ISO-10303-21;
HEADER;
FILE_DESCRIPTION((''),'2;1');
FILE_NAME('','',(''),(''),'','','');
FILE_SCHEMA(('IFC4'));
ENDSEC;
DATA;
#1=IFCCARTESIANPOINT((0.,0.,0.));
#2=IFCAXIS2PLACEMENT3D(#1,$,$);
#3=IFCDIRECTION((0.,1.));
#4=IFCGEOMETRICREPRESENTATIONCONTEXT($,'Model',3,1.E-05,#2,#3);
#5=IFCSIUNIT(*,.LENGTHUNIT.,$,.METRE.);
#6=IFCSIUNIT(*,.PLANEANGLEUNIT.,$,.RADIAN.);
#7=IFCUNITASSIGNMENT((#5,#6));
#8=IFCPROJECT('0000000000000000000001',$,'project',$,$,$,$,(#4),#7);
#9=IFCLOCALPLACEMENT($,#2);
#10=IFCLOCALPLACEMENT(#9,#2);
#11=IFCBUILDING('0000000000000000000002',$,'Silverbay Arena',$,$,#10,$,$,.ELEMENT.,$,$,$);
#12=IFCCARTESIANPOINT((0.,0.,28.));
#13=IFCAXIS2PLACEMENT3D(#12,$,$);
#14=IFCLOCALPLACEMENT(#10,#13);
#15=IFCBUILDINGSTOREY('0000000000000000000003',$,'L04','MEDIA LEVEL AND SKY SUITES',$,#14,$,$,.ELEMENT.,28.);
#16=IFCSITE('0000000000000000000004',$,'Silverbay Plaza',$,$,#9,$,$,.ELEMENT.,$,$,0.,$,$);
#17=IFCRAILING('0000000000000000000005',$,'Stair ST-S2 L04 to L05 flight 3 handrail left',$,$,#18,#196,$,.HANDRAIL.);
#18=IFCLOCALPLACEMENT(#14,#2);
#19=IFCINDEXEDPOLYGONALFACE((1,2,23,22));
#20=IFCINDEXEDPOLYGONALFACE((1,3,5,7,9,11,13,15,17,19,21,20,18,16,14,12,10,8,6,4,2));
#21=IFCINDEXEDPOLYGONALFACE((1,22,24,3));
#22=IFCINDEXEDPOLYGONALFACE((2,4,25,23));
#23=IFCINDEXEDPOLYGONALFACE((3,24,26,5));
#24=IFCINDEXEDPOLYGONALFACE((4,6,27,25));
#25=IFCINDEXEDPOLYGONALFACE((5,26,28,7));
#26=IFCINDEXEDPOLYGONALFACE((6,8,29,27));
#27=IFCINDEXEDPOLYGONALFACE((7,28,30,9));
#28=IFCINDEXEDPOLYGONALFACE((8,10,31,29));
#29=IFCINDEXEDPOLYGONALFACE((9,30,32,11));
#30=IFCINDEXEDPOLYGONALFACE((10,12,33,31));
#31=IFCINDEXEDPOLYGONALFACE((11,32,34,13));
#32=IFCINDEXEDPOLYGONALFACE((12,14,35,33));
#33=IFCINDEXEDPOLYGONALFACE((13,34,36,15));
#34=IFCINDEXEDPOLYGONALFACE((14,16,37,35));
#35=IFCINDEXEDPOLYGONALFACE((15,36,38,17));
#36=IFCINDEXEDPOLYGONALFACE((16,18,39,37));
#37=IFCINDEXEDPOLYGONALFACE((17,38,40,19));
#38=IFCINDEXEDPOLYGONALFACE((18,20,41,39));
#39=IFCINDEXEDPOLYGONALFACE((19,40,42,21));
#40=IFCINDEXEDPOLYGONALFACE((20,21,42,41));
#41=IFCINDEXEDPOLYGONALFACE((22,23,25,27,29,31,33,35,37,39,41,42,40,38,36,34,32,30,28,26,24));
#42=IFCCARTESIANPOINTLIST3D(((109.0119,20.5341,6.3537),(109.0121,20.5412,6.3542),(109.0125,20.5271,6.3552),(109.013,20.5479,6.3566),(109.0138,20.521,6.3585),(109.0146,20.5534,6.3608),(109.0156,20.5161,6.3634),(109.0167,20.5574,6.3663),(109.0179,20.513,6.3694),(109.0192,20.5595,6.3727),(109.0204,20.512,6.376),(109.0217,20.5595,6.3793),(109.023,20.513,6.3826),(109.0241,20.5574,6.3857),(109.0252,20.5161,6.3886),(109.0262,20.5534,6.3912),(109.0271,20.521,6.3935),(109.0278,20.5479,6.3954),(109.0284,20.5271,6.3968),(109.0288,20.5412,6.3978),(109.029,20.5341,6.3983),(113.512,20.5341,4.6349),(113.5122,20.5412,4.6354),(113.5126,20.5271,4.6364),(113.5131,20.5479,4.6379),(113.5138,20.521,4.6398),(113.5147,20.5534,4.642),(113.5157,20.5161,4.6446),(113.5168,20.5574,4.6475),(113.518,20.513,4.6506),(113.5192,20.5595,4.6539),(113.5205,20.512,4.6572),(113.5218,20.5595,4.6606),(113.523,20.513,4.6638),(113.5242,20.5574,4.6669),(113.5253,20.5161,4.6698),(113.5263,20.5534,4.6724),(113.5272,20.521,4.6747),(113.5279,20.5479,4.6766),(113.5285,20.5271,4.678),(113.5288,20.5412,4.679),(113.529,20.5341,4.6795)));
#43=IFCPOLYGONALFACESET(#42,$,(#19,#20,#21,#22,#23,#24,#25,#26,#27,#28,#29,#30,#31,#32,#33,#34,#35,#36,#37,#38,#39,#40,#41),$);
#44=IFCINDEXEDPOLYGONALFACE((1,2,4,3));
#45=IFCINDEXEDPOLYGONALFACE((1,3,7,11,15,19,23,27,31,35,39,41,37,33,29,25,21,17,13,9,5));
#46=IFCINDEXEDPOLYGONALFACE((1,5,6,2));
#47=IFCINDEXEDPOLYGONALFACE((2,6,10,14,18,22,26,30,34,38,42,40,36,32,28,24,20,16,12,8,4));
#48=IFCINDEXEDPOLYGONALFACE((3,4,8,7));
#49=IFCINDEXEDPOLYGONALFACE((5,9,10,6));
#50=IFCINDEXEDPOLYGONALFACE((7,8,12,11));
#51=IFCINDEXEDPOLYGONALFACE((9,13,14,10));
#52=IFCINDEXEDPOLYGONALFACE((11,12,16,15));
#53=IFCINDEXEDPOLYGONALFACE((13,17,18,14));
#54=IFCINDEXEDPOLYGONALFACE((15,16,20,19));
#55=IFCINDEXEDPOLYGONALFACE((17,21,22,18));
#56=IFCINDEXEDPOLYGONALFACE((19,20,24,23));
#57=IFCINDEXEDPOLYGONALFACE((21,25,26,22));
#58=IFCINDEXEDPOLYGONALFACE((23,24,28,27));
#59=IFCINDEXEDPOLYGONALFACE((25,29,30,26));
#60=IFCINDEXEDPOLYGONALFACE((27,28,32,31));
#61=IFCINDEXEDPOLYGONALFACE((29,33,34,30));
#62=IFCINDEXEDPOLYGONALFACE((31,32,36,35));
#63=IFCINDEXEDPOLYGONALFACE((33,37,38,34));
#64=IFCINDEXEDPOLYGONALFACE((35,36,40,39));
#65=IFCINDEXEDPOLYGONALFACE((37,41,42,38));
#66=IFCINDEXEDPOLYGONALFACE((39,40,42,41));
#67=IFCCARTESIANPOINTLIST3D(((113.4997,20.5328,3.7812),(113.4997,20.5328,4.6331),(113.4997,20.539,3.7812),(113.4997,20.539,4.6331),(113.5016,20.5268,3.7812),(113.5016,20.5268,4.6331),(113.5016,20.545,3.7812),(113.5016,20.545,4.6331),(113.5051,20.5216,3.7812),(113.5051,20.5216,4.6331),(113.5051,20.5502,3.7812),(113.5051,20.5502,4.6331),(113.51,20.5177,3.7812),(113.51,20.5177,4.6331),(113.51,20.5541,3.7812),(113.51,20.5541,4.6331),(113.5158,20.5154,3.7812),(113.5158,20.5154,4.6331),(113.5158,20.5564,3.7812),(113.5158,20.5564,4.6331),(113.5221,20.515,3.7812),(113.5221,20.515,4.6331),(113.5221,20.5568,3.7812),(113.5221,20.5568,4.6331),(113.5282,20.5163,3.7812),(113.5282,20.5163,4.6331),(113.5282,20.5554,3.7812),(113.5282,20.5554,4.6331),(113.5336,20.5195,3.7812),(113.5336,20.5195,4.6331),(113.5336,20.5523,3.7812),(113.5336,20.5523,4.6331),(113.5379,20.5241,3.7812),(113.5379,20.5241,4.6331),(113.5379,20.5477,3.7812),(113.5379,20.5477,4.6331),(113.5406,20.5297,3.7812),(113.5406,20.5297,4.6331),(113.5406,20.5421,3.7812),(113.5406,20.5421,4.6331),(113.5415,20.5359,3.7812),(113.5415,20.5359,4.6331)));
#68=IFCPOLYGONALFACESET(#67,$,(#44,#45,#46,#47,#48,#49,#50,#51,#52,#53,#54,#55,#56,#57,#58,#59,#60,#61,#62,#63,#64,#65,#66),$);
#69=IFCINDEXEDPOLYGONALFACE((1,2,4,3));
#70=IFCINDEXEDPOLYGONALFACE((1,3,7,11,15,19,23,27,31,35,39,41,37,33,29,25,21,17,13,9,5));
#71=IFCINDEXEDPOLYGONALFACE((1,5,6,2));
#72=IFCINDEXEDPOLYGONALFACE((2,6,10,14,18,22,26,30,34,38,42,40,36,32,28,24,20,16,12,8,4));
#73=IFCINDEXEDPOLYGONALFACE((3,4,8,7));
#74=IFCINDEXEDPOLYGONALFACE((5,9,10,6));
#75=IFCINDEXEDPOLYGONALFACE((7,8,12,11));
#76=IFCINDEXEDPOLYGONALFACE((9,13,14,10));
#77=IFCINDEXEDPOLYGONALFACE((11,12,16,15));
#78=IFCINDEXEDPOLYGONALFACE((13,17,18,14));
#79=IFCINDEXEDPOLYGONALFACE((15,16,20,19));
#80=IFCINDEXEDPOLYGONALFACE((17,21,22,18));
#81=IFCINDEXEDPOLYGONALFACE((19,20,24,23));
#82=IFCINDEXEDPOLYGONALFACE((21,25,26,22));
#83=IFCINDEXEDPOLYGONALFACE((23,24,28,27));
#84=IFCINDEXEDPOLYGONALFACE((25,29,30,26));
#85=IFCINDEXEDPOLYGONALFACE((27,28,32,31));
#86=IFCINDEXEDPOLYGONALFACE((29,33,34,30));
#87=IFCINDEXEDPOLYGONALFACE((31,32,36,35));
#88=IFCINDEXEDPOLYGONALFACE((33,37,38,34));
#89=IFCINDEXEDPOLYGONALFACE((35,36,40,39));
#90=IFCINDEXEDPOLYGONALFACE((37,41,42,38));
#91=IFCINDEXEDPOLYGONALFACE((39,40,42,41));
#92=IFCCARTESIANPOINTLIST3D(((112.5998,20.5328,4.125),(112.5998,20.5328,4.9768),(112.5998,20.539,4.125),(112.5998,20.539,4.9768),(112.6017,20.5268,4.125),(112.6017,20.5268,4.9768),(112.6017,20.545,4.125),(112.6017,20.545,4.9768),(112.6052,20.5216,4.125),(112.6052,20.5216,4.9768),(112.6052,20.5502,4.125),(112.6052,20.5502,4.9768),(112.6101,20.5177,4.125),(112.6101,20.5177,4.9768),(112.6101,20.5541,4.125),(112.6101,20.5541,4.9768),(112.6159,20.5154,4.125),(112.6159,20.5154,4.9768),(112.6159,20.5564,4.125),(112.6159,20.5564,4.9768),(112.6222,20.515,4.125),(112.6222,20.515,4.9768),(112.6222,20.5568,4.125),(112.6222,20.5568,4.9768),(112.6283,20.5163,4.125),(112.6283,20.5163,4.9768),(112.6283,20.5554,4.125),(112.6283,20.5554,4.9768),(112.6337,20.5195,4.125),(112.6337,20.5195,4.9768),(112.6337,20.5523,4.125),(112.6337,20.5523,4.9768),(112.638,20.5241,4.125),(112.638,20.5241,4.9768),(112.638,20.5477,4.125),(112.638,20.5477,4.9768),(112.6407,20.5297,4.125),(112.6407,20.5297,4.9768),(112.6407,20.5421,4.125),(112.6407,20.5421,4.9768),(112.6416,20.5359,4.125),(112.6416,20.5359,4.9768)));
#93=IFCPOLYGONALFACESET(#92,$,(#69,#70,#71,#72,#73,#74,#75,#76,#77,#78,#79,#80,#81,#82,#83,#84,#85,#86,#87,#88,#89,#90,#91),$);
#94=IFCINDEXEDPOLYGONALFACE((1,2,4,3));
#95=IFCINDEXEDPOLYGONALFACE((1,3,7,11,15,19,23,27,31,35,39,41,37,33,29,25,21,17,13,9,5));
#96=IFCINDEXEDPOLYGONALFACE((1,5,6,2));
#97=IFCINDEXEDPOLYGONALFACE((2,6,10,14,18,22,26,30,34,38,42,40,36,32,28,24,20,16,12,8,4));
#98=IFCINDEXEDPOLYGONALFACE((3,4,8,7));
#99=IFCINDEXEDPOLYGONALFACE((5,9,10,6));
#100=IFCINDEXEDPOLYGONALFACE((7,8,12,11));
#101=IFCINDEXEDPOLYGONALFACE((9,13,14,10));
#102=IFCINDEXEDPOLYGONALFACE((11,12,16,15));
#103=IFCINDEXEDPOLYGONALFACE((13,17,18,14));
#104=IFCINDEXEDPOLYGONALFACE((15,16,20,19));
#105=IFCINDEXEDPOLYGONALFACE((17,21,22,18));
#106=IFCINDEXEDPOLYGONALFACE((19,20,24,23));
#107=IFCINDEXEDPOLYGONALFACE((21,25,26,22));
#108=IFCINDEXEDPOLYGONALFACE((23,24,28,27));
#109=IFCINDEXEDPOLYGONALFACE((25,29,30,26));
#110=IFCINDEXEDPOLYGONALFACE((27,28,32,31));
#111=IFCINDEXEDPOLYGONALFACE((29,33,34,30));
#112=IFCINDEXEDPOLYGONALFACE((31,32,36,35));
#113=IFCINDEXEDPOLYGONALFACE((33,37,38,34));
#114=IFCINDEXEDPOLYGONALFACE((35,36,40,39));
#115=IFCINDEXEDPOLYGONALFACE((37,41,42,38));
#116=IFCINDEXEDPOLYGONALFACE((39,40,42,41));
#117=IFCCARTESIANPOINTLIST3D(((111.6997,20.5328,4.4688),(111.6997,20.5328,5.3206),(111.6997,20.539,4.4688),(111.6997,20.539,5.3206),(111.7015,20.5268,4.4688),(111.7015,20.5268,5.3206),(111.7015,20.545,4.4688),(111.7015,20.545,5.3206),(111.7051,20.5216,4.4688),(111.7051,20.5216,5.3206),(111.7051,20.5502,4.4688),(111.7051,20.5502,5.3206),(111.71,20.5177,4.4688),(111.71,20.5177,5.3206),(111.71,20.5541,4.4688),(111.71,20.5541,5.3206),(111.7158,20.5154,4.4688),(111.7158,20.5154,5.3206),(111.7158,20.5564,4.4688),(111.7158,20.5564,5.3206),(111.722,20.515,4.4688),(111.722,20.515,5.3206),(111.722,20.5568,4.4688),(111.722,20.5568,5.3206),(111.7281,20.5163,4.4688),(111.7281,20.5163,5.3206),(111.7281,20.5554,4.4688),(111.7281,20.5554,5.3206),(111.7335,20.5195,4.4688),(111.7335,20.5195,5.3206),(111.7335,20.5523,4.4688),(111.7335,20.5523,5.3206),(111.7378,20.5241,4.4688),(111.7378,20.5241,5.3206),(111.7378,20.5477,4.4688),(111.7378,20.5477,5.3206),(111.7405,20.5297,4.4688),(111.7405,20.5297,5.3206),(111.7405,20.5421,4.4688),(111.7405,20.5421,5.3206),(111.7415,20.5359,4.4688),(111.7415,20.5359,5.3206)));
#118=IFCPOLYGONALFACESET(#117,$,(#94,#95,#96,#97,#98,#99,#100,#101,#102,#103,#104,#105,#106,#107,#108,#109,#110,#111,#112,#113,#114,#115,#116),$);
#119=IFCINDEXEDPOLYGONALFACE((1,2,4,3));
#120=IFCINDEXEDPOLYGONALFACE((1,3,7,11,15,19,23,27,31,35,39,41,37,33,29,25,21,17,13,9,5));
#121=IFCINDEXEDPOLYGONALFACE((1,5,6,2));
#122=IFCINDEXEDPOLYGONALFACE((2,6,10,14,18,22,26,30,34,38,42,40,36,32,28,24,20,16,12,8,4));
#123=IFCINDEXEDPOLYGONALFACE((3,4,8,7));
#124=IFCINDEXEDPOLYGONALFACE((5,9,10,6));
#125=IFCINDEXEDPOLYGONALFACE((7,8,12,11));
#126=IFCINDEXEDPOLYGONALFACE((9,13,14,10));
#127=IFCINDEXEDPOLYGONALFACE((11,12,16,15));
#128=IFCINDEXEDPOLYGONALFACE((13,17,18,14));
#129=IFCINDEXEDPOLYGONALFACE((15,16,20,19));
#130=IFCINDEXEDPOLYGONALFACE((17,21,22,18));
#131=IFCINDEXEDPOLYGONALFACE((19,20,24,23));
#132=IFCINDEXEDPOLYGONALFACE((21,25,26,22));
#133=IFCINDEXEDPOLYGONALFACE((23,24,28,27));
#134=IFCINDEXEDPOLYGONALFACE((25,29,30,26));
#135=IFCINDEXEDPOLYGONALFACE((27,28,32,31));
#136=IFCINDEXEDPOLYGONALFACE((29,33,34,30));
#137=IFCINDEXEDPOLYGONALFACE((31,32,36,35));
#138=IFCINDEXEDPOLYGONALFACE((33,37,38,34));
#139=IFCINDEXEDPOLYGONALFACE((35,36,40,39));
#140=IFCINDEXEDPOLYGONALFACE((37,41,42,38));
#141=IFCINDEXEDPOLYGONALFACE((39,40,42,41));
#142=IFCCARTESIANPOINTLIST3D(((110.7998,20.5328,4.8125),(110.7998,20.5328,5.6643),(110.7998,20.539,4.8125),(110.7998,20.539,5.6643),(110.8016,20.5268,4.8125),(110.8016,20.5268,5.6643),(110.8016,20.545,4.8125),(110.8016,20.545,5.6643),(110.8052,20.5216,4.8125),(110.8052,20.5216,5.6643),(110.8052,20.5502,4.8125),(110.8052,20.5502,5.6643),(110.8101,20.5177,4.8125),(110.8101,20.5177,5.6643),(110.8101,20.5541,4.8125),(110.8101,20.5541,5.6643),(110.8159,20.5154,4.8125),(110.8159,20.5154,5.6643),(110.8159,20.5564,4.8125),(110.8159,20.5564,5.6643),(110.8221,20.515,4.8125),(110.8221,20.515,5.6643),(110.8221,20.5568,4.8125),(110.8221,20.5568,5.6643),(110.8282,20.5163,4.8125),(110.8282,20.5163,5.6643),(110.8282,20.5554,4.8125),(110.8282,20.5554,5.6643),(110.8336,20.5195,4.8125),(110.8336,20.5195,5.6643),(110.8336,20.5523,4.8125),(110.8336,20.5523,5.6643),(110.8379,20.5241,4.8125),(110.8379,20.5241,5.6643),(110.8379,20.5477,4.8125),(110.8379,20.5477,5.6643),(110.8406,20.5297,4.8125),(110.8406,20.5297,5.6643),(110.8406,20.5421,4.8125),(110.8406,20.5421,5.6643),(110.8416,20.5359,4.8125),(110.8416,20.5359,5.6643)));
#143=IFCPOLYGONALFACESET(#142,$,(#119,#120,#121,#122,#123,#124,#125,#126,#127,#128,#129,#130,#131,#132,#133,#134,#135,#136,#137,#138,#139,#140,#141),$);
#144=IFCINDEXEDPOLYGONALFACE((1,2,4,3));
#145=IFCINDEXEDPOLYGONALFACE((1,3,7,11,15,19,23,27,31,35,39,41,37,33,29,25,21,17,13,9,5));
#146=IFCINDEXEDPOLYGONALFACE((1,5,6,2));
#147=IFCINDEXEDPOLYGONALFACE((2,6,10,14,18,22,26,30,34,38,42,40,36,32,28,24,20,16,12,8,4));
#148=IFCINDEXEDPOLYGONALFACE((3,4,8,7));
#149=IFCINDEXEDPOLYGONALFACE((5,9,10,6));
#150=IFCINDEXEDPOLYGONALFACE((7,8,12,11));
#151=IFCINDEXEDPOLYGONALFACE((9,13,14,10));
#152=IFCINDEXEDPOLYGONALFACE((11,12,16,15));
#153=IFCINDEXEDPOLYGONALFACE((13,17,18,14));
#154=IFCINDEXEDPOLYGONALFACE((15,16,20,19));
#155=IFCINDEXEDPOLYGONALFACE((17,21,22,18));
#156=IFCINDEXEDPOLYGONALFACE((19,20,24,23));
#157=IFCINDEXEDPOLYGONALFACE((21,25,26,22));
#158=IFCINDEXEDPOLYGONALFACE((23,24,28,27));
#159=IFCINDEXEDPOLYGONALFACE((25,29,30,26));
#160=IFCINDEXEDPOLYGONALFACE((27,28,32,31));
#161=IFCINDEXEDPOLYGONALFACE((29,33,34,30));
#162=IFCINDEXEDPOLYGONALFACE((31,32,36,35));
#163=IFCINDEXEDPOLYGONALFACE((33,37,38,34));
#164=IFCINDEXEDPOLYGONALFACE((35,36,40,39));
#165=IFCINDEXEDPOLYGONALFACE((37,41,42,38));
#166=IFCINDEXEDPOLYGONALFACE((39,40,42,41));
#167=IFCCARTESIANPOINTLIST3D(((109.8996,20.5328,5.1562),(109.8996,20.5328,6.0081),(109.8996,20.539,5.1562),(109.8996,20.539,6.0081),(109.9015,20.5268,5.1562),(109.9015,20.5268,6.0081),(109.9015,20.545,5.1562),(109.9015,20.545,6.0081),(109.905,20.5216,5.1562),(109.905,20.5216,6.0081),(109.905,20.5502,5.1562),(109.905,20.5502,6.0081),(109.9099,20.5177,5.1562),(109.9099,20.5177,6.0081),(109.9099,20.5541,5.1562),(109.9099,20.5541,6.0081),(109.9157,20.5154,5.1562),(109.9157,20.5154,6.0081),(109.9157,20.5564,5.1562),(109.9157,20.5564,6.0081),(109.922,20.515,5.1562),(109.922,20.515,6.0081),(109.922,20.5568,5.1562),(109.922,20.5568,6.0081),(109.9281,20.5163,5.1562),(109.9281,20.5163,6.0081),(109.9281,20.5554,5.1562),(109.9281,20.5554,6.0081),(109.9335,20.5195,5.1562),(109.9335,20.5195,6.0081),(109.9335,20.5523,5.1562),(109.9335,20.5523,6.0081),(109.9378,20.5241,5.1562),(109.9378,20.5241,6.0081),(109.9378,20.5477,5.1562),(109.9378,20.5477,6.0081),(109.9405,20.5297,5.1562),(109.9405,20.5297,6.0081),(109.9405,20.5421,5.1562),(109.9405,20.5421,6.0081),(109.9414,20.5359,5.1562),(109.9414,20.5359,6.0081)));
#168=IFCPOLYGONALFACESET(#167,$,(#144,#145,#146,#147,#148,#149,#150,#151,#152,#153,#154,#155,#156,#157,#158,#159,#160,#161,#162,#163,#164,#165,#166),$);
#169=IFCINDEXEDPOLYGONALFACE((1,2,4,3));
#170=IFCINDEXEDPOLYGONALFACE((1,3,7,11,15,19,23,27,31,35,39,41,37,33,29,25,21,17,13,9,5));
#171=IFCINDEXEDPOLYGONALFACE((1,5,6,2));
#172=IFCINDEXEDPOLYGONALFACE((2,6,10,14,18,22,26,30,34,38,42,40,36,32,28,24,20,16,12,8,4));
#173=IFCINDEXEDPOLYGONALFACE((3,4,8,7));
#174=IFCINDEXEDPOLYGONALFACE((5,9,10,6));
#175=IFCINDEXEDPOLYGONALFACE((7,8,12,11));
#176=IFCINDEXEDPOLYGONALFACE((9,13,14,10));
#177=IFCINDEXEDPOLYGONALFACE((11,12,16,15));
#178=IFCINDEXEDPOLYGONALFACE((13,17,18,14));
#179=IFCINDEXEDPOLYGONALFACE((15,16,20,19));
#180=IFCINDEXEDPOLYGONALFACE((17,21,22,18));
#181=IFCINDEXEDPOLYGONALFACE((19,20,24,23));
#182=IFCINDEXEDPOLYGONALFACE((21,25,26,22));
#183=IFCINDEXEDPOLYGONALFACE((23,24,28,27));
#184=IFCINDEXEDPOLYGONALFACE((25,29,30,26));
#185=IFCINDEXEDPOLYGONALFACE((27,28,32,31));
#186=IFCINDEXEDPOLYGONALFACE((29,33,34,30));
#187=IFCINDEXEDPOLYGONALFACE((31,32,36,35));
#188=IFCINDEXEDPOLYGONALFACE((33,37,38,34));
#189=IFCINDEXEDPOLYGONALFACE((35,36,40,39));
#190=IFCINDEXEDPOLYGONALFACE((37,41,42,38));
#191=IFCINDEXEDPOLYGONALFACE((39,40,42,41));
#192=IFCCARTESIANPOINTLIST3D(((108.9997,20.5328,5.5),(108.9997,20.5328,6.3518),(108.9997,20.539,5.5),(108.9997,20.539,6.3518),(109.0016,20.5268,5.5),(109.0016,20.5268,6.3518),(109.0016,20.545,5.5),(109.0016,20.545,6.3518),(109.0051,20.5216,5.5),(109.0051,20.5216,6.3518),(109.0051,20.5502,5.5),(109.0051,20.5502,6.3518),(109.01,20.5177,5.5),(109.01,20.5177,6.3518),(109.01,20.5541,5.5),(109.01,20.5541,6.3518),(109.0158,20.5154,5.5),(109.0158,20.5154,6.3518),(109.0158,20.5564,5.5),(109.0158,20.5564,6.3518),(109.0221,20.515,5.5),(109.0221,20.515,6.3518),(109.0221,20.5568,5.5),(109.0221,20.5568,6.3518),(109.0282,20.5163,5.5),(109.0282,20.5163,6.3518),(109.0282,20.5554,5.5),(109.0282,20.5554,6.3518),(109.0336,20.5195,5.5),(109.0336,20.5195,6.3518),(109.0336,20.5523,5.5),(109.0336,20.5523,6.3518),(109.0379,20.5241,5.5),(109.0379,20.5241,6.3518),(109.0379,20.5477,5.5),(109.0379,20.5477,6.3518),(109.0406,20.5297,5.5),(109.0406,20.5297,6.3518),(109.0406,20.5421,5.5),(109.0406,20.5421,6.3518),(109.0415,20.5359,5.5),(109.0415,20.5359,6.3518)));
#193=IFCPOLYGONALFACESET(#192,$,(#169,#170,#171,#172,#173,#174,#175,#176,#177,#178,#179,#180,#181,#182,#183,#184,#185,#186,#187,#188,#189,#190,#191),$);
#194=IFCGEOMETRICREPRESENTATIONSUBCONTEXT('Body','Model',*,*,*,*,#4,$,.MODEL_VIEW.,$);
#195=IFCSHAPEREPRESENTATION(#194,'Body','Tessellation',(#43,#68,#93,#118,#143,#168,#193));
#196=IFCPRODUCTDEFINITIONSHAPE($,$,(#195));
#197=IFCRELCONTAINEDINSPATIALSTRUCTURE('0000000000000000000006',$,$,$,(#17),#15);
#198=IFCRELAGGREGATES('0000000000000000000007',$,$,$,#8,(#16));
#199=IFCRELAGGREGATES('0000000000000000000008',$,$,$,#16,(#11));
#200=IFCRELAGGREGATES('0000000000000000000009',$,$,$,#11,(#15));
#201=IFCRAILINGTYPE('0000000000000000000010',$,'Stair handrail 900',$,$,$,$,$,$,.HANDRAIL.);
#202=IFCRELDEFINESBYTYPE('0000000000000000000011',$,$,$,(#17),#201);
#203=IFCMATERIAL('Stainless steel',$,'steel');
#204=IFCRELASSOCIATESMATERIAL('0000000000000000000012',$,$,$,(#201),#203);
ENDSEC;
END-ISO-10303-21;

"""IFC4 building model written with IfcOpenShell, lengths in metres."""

from ifc_helpers import new_model, si_unit, direction, frame, origin, origin_2d, place, context, subcontext, project, spatial, circle, extrude, material, type_object, element, save


model = new_model("IFC4")

# Units and contexts
model_context = context("Model", 3, precision=1e-05, world=origin(), true_north=direction((0.0, 1.0)))
body_context = subcontext(model_context, "Body", "Model", "MODEL_VIEW")
ifc_project = project(units=[si_unit("LENGTHUNIT", "METRE"), si_unit("PLANEANGLEUNIT", "RADIAN")], contexts=[model_context])

# Site, building, storey
site_placement = place(None, origin())
site = spatial("IfcSite", under=ifc_project, at=site_placement, Name="Silverbay Plaza", CompositionType="ELEMENT", RefElevation=0.0)
building_placement = place(site_placement, origin())
building = spatial("IfcBuilding", under=site, at=building_placement, Name="Silverbay Arena", CompositionType="ELEMENT")
storey_placement = place(building_placement, frame((0.0, 0.0, 28.0)))
storey = spatial("IfcBuildingStorey", under=building, at=storey_placement, Name="L04", Description="MEDIA LEVEL AND SKY SUITES", CompositionType="ELEMENT", Elevation=28.0)

# Railing
ifc_material_1 = material(Name="Stainless steel", Category="steel")
railing_type_1 = type_object("IfcRailingType", Name="Stair handrail 900", PredefinedType="HANDRAIL", material=ifc_material_1)
for number, where, name in (
    (1, (113.5205, 20.5359, 3.7812), "Stair ST-S2 L04 to L05 flight 3 handrail left"),
):
    element("IfcRailing", number, at=place(storey_placement, frame(where)), inside=storey, type_object=railing_type_1, Name=name, PredefinedType="HANDRAIL", context=body_context, shape_type="SweptSolid", body=[
        extrude(circle(Radius=0.0239, at=origin_2d()), frame((0.0, 0.0, 0.876), z_axis=(-0.934179, 0.0, 0.356805), x_axis=(0.0, -1.0, 0.0)), (0.0, 0.0, 1.0), 4.8171),
        extrude(circle(Radius=0.021, at=origin_2d()), origin(), (0.0, 0.0, 1.0), 0.8518),
        extrude(circle(Radius=0.021, at=origin_2d()), frame((-0.8999, 0.0, 0.3438)), (0.0, 0.0, 1.0), 0.8518),
        extrude(circle(Radius=0.021, at=origin_2d()), frame((-1.8, 0.0, 0.6875)), (0.0, 0.0, 1.0), 0.8518),
        extrude(circle(Radius=0.021, at=origin_2d()), frame((-2.7, 0.0, 1.0312)), (0.0, 0.0, 1.0), 0.8518),
        extrude(circle(Radius=0.021, at=origin_2d()), frame((-3.6001, 0.0, 1.375)), (0.0, 0.0, 1.0), 0.8518),
        extrude(circle(Radius=0.021, at=origin_2d()), frame((-4.5, 0.0, 1.7188)), (0.0, 0.0, 1.0), 0.8518),
    ])

save(model, "model.ifc")
